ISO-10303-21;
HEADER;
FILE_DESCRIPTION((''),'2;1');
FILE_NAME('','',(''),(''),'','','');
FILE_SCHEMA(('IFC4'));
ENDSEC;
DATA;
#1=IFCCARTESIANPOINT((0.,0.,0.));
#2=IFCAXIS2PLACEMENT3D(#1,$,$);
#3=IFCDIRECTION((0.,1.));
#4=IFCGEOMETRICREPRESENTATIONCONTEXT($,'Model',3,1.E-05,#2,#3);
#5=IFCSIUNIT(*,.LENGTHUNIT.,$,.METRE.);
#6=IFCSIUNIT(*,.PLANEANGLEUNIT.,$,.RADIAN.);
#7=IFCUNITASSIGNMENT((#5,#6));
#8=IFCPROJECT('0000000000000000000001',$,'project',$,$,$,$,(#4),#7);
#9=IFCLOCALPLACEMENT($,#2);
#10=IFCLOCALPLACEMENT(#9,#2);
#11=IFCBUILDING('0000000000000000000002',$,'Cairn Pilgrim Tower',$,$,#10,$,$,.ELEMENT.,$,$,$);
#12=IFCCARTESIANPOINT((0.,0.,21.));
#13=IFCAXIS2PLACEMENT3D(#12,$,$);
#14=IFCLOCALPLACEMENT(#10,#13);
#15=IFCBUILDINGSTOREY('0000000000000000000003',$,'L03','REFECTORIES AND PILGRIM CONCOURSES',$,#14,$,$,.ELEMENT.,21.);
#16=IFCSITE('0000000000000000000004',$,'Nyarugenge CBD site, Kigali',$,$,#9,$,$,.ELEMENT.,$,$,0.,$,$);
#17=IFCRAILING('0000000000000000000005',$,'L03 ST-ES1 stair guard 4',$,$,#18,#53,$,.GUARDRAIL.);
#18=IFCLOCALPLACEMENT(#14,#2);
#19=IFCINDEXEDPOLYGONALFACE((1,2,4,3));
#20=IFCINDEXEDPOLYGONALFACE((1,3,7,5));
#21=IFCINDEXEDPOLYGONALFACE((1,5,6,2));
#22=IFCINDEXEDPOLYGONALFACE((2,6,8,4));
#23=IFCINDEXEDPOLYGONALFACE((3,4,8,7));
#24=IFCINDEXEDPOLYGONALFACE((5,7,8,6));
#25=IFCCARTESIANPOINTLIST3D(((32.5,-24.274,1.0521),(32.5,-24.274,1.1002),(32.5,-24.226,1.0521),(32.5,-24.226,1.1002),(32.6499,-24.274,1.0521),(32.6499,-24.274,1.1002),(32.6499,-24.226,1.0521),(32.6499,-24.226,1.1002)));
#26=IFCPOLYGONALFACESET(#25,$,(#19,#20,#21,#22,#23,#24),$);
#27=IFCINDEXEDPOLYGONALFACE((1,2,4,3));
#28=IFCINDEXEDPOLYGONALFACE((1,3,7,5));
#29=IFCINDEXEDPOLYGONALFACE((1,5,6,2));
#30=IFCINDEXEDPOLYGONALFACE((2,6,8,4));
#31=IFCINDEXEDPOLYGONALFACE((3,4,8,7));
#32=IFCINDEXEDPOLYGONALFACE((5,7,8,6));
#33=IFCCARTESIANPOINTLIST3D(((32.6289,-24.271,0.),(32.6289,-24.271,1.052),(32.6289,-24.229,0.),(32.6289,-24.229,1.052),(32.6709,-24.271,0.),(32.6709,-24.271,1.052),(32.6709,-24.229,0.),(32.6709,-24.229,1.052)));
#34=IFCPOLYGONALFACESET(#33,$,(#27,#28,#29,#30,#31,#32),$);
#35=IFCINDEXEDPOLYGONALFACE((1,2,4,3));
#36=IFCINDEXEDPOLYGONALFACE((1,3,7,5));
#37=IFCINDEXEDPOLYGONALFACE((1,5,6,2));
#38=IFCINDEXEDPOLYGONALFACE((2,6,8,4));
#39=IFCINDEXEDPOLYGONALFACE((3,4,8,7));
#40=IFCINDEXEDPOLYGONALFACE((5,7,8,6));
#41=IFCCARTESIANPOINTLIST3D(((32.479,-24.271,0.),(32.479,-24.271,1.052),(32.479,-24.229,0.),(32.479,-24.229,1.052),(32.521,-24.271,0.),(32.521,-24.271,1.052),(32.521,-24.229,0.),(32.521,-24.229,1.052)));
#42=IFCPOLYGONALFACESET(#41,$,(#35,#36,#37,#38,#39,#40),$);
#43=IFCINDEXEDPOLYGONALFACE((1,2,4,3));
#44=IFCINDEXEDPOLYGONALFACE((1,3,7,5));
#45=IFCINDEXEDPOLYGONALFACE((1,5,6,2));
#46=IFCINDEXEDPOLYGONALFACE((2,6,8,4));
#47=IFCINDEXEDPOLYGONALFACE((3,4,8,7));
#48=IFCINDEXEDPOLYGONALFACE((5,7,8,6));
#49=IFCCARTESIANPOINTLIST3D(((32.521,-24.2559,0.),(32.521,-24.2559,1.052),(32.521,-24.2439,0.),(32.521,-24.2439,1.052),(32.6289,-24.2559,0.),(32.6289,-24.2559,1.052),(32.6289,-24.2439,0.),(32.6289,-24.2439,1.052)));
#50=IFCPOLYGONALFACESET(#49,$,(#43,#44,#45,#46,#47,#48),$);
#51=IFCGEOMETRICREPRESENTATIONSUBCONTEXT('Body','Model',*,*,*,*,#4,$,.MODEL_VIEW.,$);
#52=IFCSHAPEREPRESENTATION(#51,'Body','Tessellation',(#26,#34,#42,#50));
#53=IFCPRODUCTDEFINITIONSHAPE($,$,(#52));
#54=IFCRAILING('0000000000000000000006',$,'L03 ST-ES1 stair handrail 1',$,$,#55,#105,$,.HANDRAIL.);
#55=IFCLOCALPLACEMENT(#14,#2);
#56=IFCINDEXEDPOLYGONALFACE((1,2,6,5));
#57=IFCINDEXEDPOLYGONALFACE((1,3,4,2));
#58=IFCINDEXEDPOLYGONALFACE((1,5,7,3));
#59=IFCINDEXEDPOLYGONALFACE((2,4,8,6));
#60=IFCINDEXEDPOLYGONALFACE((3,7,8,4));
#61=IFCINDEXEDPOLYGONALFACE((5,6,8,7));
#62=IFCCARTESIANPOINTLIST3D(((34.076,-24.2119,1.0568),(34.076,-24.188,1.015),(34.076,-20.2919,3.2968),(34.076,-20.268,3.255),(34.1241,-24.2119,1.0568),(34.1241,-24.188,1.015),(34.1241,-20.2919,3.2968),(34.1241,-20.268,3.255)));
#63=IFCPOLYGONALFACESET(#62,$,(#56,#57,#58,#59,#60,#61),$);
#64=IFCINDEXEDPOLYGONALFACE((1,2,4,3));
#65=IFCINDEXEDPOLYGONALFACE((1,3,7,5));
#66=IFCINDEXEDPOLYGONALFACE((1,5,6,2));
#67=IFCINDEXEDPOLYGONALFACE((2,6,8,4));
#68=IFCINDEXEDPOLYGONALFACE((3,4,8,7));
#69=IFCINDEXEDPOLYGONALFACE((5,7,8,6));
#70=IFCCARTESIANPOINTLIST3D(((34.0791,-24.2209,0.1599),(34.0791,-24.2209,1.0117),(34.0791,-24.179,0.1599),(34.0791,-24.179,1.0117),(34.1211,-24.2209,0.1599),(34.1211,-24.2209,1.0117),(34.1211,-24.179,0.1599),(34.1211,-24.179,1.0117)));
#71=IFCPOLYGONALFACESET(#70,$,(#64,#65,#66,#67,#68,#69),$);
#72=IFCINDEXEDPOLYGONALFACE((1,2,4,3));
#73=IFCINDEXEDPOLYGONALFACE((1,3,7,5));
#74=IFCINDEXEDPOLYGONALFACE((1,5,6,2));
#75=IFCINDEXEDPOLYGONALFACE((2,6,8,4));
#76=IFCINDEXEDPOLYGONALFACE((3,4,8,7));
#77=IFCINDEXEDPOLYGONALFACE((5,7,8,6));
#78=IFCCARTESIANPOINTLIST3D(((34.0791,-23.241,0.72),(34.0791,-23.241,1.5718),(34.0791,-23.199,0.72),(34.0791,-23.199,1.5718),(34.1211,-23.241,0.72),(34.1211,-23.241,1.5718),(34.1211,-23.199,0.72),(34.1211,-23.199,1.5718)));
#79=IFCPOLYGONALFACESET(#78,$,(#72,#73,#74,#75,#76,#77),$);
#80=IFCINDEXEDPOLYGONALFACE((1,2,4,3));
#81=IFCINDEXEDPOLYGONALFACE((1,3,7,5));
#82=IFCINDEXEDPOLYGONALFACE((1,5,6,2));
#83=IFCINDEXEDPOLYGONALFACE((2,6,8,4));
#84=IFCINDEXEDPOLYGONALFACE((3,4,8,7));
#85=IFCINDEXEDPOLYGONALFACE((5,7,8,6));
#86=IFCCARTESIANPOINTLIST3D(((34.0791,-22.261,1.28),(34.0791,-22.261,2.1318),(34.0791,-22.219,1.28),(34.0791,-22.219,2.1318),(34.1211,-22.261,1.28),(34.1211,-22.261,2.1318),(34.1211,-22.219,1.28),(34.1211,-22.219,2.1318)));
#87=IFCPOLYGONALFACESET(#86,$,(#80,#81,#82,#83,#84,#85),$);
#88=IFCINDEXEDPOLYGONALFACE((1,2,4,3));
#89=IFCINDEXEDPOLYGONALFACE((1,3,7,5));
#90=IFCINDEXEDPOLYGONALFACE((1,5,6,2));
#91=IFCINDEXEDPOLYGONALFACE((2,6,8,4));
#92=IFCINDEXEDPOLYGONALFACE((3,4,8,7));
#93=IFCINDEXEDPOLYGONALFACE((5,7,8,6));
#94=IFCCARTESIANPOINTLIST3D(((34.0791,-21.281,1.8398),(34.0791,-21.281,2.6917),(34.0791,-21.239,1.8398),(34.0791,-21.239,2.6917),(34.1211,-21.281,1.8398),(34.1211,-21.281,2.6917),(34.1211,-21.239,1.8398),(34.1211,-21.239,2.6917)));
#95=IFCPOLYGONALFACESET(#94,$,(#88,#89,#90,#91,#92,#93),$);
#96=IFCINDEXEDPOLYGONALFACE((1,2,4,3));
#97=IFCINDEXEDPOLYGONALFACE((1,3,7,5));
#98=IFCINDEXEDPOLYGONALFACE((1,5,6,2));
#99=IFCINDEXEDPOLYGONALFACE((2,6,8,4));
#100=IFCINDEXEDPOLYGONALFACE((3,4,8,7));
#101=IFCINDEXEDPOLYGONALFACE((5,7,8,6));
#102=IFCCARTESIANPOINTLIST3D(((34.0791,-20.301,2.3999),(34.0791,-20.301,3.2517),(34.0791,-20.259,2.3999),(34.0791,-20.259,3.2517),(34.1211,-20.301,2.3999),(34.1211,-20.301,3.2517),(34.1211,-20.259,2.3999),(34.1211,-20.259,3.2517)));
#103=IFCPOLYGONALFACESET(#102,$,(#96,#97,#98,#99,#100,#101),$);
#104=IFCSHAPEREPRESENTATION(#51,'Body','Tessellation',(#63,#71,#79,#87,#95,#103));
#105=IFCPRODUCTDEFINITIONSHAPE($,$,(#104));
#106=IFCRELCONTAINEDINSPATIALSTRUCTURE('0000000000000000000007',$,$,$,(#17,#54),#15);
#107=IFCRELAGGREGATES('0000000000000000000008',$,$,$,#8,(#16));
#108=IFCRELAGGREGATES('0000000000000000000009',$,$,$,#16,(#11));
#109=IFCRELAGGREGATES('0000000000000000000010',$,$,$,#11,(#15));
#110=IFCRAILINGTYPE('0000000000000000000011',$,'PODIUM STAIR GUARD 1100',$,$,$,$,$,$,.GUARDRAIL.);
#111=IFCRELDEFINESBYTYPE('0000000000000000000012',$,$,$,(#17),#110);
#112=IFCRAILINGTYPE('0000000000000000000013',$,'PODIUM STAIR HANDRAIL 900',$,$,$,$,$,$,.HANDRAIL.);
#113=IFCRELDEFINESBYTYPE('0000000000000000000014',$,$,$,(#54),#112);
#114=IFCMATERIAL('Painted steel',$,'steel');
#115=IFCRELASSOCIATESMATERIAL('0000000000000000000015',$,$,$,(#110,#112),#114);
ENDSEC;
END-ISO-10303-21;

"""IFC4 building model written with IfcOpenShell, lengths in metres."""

from ifc_helpers import new_model, si_unit, direction, frame, origin, origin_2d, place, context, subcontext, project, spatial, polyline, rectangle, outline, extrude, material, type_object, element, save


model = new_model("IFC4")

# Units and contexts
model_context = context("Model", 3, precision=1e-05, world=origin(), true_north=direction((0.0, 1.0)))
body_context = subcontext(model_context, "Body", "Model", "MODEL_VIEW")
ifc_project = project(units=[si_unit("LENGTHUNIT", "METRE"), si_unit("PLANEANGLEUNIT", "RADIAN")], contexts=[model_context])

# Site, building, storey
site_placement = place(None, origin())
site = spatial("IfcSite", under=ifc_project, at=site_placement, Name="Nyarugenge CBD site, Kigali", CompositionType="ELEMENT", RefElevation=0.0)
building_placement = place(site_placement, origin())
building = spatial("IfcBuilding", under=site, at=building_placement, Name="Cairn Pilgrim Tower", CompositionType="ELEMENT")
storey_placement = place(building_placement, frame((0.0, 0.0, 21.0)))
storey = spatial("IfcBuildingStorey", under=building, at=storey_placement, Name="L03", Description="REFECTORIES AND PILGRIM CONCOURSES", CompositionType="ELEMENT", Elevation=21.0)

# Railings
ifc_material_1 = material(Name="Painted steel", Category="steel")
railing_type_1 = type_object("IfcRailingType", Name="PODIUM STAIR GUARD 1100", PredefinedType="GUARDRAIL", material=ifc_material_1)
railing_1_placement = place(storey_placement, frame((32.6499, -24.25, 0.0)))
element("IfcRailing", 1, at=railing_1_placement, inside=storey, type_object=railing_type_1, Name="L03 ST-ES1 stair guard 4", PredefinedType="GUARDRAIL", context=body_context, shape_type="SweptSolid", body=[
    extrude(rectangle(XDim=0.0481, YDim=0.0481, at=origin_2d()), frame((0.0, 0.0, 1.0762), z_axis=(-1.0, 0.0, 0.0), x_axis=(0.0, -1.0, 0.0)), (0.0, 0.0, 1.0), 0.1499),
    extrude(rectangle(XDim=0.042, YDim=0.042, at=origin_2d()), origin(), (0.0, 0.0, 1.0), 1.052),
    extrude(rectangle(XDim=0.042, YDim=0.042, at=origin_2d()), frame((-0.1499, 0.0, 0.0)), (0.0, 0.0, 1.0), 1.052),
    extrude(outline(polyline([(0.021, 0.0), (0.1289, 0.0), (0.1289, 1.052), (0.021, 1.052), (0.021, 0.0)])), frame((0.0, -0.0059, 0.0), z_axis=(0.0, 1.0, 0.0), x_axis=(-1.0, 0.0, 0.0)), (0.0, 0.0, 1.0), 0.012),
])
railing_type_2 = type_object("IfcRailingType", Name="PODIUM STAIR HANDRAIL 900", PredefinedType="HANDRAIL", material=ifc_material_1)
railing_2_placement = place(storey_placement, frame((34.1001, -24.2, 0.1599)))
element("IfcRailing", 2, at=railing_2_placement, inside=storey, type_object=railing_type_2, Name="L03 ST-ES1 stair handrail 1", PredefinedType="HANDRAIL", context=body_context, shape_type="SweptSolid", body=[
    extrude(rectangle(XDim=0.0481, YDim=0.0481, at=origin_2d()), frame((0.0, 0.0, 0.876), z_axis=(0.0, 0.86824, 0.496145), x_axis=(-1.0, 0.0, 0.0)), (0.0, 0.0, 1.0), 4.5149),
    extrude(rectangle(XDim=0.042, YDim=0.042, at=origin_2d()), origin(), (0.0, 0.0, 1.0), 0.8518),
    extrude(rectangle(XDim=0.042, YDim=0.042, at=origin_2d()), frame((0.0, 0.98, 0.5601)), (0.0, 0.0, 1.0), 0.8518),
    extrude(rectangle(XDim=0.042, YDim=0.042, at=origin_2d()), frame((0.0, 1.96, 1.1201)), (0.0, 0.0, 1.0), 0.8518),
    extrude(rectangle(XDim=0.042, YDim=0.042, at=origin_2d()), frame((0.0, 2.9399, 1.6799)), (0.0, 0.0, 1.0), 0.8518),
    extrude(rectangle(XDim=0.042, YDim=0.042, at=origin_2d()), frame((0.0, 3.9199, 2.24)), (0.0, 0.0, 1.0), 0.8518),
])

save(model, "model.ifc")
